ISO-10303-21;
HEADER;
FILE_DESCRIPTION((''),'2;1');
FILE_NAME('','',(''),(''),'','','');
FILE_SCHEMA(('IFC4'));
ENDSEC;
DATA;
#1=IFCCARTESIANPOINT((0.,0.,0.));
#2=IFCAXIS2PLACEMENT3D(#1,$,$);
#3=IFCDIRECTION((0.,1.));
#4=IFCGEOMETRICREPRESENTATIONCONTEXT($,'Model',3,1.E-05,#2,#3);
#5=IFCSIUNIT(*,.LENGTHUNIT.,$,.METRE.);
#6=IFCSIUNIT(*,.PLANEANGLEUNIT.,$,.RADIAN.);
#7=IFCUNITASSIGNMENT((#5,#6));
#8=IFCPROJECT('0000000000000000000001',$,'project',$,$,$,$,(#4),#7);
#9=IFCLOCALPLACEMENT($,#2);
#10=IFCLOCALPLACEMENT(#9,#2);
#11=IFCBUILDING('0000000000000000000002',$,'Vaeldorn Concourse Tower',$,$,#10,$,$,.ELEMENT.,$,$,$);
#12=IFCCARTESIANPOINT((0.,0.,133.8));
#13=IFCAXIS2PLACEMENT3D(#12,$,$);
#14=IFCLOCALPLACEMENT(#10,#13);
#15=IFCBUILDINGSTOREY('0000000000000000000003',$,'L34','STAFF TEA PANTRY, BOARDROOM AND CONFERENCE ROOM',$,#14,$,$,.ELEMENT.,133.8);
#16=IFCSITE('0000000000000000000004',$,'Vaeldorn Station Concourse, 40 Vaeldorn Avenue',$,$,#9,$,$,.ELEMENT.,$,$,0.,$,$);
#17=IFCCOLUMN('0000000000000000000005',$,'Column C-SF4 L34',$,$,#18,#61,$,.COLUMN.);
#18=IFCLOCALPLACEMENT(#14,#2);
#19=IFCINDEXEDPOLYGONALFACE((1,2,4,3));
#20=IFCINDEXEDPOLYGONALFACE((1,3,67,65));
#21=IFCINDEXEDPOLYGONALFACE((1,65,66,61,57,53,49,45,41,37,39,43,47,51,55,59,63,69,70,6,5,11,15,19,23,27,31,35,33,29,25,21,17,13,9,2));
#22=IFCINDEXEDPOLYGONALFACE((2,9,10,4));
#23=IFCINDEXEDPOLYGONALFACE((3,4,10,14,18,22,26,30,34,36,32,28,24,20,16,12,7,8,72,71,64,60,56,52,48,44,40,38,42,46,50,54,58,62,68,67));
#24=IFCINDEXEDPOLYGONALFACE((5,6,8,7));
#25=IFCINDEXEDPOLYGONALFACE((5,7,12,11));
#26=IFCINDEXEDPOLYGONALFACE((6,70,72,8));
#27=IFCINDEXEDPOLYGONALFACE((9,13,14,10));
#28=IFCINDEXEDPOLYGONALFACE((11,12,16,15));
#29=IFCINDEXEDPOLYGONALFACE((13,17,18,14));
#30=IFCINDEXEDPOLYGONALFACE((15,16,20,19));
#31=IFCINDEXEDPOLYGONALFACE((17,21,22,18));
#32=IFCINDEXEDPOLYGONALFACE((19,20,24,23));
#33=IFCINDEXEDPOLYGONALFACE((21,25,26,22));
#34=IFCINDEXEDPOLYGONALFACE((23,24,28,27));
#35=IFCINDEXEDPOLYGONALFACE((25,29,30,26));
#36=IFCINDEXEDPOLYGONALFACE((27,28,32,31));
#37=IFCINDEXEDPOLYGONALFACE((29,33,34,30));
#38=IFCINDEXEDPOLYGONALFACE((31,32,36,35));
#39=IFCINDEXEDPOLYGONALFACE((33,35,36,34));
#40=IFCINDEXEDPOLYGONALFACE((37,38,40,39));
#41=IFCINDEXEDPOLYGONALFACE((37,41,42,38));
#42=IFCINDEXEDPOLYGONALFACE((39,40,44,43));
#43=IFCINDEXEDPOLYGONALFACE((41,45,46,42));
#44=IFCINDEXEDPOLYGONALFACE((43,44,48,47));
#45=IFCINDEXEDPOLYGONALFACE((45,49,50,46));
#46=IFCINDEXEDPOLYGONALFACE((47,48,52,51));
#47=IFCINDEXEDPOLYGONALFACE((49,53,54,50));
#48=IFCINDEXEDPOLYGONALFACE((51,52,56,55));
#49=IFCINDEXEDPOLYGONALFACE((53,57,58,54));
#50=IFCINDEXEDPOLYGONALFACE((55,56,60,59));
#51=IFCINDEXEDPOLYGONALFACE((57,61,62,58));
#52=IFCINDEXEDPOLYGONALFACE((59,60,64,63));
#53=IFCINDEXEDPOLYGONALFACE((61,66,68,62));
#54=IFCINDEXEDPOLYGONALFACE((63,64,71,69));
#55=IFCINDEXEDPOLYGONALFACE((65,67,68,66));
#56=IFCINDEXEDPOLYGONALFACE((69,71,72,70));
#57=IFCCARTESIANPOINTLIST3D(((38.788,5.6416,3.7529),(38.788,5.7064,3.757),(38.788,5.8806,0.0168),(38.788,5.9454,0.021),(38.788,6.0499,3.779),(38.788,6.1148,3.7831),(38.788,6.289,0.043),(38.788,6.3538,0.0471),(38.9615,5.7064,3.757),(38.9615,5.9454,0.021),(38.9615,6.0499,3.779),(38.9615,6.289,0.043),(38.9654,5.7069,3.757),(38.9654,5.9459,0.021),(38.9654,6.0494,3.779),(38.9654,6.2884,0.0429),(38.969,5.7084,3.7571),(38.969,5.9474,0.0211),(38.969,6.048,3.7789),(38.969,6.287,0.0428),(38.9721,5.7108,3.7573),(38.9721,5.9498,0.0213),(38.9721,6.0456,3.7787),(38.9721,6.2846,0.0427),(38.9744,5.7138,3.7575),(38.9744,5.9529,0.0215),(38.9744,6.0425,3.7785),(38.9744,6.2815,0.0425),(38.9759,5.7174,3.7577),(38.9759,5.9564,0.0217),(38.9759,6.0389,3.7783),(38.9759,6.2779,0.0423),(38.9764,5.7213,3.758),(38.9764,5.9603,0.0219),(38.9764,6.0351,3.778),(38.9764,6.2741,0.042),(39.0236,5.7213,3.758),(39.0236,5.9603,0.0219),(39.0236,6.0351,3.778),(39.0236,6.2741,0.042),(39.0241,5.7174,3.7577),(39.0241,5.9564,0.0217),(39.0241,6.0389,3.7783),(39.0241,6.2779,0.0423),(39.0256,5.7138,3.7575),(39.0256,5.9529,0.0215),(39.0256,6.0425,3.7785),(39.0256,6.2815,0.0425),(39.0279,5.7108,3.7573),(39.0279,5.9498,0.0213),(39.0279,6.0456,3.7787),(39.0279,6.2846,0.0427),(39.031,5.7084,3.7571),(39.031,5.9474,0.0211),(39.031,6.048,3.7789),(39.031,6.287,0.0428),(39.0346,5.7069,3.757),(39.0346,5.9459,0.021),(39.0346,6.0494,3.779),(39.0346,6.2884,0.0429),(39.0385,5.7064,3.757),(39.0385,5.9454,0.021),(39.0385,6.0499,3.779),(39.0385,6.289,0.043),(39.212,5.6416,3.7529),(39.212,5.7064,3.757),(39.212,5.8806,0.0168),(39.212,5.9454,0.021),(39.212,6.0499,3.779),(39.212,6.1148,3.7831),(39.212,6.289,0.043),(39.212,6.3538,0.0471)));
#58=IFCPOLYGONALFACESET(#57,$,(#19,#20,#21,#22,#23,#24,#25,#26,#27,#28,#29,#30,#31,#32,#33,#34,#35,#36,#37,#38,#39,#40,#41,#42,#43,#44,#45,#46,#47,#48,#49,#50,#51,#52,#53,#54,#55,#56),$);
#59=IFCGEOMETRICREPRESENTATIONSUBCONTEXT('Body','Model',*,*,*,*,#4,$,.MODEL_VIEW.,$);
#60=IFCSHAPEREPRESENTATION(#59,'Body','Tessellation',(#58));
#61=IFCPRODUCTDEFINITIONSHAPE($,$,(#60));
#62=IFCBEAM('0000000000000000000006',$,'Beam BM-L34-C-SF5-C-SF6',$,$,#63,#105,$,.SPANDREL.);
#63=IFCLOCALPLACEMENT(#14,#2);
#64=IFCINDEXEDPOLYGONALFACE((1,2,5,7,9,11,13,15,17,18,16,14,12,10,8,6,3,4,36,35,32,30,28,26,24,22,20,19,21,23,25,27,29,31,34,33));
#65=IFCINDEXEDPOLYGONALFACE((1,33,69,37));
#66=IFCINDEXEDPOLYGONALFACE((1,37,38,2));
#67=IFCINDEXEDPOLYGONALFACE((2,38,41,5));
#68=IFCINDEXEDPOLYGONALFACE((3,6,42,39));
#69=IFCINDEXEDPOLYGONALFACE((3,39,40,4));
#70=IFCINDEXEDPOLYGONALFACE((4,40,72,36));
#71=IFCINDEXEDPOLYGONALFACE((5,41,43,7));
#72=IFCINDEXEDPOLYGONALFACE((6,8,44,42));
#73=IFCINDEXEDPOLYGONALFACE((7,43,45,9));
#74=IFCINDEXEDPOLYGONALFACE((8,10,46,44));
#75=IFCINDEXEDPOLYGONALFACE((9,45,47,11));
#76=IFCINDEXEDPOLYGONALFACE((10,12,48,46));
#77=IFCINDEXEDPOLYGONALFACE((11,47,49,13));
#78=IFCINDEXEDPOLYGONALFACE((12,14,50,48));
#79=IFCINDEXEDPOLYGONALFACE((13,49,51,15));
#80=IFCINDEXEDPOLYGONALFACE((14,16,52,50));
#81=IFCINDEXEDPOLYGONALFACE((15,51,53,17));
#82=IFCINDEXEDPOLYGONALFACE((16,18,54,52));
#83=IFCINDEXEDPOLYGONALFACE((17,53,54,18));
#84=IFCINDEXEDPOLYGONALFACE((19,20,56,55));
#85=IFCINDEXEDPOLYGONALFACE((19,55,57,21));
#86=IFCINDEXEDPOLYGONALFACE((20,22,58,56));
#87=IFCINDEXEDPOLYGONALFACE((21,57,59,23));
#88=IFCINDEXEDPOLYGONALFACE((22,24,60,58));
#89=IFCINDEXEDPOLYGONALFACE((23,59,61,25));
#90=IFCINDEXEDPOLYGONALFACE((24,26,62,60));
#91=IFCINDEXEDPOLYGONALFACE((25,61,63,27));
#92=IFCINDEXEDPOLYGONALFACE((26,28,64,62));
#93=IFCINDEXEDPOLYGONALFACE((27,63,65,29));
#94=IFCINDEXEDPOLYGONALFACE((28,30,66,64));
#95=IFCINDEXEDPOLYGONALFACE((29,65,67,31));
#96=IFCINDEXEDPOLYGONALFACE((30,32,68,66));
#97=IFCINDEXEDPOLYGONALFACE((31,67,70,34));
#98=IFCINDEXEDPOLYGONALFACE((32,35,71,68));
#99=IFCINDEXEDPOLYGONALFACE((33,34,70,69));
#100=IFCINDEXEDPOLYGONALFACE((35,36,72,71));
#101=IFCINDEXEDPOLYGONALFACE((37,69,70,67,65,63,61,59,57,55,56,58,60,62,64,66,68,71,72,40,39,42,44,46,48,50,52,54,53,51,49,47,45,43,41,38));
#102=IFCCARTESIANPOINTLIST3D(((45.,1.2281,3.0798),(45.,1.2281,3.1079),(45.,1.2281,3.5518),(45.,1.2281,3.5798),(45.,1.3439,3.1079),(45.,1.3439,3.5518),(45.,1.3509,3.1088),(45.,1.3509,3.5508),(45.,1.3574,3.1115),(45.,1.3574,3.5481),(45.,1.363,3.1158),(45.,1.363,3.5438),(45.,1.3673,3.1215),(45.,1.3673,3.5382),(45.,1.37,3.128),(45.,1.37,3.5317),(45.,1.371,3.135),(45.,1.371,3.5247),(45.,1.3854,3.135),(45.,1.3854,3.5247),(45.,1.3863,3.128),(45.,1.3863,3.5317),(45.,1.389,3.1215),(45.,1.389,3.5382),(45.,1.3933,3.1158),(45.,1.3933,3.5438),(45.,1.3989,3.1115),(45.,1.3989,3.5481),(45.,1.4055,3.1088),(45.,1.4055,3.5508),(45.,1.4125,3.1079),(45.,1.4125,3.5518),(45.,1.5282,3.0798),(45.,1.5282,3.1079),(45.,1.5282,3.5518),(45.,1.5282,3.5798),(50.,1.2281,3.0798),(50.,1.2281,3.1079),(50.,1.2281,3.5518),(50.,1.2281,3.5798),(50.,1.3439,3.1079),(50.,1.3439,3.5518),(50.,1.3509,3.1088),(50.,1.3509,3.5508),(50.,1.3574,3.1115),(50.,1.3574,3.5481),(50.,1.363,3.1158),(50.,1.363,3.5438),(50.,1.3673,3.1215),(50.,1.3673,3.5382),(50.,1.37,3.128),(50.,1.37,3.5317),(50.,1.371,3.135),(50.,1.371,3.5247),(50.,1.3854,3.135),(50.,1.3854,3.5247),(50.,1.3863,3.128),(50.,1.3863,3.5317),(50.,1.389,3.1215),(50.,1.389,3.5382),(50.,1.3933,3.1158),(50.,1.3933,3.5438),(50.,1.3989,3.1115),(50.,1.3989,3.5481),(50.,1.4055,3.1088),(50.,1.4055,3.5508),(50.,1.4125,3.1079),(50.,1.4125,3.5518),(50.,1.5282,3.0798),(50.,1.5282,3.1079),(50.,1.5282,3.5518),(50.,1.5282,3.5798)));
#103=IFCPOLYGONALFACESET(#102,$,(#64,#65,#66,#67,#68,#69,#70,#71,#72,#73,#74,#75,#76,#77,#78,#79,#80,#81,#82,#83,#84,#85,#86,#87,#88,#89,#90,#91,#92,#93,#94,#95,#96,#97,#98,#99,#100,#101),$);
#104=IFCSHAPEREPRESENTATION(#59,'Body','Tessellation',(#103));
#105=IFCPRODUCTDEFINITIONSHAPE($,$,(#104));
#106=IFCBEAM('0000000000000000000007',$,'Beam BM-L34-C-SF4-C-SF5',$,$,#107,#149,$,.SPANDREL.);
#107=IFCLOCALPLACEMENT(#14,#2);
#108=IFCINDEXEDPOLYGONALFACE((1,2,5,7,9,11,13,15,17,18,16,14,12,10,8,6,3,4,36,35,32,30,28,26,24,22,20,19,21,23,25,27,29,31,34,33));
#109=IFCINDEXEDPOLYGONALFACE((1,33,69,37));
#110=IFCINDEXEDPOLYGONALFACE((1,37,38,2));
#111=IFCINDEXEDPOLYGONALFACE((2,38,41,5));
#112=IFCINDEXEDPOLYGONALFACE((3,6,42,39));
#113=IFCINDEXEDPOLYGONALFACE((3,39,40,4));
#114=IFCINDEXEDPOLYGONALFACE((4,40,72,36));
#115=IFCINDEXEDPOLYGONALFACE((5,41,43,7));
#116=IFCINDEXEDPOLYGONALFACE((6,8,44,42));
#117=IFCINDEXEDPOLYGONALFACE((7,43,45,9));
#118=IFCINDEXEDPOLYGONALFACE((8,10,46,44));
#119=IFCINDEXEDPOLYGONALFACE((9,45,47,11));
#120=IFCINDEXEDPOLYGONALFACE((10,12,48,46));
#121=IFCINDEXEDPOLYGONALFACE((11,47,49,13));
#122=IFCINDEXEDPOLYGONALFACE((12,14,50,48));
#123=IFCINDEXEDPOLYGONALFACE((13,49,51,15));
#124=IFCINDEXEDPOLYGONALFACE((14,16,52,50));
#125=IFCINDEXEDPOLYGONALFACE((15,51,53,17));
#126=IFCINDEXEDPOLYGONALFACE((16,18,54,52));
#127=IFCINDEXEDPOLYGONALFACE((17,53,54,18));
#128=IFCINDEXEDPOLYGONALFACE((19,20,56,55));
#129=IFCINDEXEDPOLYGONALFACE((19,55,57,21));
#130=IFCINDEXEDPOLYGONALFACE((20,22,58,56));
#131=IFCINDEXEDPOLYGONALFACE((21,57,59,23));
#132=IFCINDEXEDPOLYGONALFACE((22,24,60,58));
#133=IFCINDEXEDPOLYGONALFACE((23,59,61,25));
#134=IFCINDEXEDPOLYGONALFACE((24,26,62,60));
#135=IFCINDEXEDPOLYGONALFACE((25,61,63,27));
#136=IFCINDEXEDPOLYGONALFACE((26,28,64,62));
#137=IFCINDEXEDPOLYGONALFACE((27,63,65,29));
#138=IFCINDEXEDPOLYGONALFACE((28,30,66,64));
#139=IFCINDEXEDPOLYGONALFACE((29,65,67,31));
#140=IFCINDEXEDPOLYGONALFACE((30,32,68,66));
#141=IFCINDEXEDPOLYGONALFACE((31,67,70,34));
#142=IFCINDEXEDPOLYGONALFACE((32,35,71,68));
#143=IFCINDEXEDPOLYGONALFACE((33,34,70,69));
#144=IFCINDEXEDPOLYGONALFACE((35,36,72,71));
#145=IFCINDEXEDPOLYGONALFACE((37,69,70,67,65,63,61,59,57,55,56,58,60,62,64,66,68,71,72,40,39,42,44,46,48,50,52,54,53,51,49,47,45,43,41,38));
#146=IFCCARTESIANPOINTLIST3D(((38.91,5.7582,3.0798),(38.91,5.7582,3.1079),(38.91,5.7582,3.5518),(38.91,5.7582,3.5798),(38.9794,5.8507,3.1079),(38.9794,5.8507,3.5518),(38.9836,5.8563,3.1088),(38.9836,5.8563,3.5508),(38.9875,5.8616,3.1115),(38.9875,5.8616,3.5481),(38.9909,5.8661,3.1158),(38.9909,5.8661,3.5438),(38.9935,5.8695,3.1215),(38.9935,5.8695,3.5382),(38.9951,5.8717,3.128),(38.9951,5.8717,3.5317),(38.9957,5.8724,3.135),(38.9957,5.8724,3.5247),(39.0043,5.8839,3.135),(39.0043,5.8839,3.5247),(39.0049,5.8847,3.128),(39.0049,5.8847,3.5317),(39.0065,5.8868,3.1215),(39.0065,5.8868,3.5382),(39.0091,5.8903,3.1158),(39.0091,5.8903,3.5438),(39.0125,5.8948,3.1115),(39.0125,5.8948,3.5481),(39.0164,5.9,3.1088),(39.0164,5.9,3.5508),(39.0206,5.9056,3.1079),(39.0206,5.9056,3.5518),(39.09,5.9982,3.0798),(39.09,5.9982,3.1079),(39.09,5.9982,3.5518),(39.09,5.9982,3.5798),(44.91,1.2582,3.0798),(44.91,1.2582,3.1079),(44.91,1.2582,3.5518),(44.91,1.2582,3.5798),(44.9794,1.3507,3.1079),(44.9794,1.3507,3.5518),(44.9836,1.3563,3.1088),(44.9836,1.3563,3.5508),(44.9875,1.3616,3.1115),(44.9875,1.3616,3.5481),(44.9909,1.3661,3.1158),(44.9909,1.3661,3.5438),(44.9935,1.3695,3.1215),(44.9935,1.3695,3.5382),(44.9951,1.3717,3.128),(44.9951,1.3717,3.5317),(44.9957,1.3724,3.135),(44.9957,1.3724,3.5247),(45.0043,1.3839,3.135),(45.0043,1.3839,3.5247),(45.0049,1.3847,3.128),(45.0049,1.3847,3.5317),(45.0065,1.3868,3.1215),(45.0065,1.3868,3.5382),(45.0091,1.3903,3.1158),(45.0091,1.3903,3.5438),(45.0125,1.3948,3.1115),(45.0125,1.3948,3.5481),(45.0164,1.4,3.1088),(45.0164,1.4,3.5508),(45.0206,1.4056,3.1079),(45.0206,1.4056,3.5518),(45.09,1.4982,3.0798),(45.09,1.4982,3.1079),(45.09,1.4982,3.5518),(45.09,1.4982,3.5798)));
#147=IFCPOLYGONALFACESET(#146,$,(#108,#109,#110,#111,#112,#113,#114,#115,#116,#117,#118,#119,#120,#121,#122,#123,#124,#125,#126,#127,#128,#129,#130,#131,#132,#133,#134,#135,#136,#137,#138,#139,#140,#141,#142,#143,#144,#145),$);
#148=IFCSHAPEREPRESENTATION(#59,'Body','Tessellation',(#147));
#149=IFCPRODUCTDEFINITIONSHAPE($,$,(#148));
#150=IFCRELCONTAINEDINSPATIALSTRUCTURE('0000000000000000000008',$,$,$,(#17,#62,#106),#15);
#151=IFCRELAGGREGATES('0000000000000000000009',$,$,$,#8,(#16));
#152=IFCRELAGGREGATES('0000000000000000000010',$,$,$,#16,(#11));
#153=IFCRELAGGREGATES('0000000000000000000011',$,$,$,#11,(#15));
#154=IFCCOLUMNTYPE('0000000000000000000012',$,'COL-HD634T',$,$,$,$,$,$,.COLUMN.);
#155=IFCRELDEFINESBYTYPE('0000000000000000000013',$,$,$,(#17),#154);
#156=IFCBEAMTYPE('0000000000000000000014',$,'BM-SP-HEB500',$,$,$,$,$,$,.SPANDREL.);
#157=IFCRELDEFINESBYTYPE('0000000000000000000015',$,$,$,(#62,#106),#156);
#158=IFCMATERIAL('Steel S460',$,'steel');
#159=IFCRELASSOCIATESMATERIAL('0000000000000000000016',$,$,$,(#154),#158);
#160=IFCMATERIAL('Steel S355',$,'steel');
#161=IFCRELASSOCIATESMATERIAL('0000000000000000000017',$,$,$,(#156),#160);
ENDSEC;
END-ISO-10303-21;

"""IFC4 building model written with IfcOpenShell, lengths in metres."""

from ifc_helpers import new_model, si_unit, direction, frame, origin, origin_2d, place, context, subcontext, project, spatial, i_section, extrude, source, transform, mapped, material, material_profile, profile_set, type_object, element, save


model = new_model("IFC4")

# Units and contexts
model_context = context("Model", 3, precision=1e-05, world=origin(), true_north=direction((0.0, 1.0)))
body_context = subcontext(model_context, "Body", "Model", "MODEL_VIEW")
ifc_project = project(units=[si_unit("LENGTHUNIT", "METRE"), si_unit("PLANEANGLEUNIT", "RADIAN")], contexts=[model_context])

# Site, building, storey
site_placement = place(None, origin())
site = spatial("IfcSite", under=ifc_project, at=site_placement, Name="Vaeldorn Station Concourse, 40 Vaeldorn Avenue", CompositionType="ELEMENT", RefElevation=0.0)
building_placement = place(site_placement, origin())
building = spatial("IfcBuilding", under=site, at=building_placement, Name="Vaeldorn Concourse Tower", CompositionType="ELEMENT")
storey_placement = place(building_placement, frame((0.0, 0.0, 133.8)))
storey = spatial("IfcBuildingStorey", under=building, at=storey_placement, Name="L34", Description="STAFF TEA PANTRY, BOARDROOM AND CONFERENCE ROOM", CompositionType="ELEMENT", Elevation=133.8)

# Column
ifc_material_1 = material(Name="Steel S460", Category="steel")
ifc_material_profile_1 = material_profile(ifc_material_1, i_section(OverallWidth=0.4241, OverallDepth=0.4741, WebThickness=0.0471, FlangeThickness=0.0649, FilletRadius=0.0149, at=origin_2d()), Name="HD 400x634")
ifc_profile_set_1 = profile_set([ifc_material_profile_1], Name="Steel S460")
column_type = type_object("IfcColumnType", Name="COL-HD634T", PredefinedType="COLUMN", material=ifc_profile_set_1)
shared_shape_1 = source(origin(), body_context, "Body", "SweptSolid", [
    extrude(i_section(OverallWidth=0.4241, OverallDepth=0.4741, WebThickness=0.0471, FlangeThickness=0.0649, FilletRadius=0.0149, at=origin_2d()), origin(), (0.0, 0.0, 1.0), 3.7437),
])
column_placement = place(storey_placement, frame((39.0, 6.1172, 0.032), z_axis=(0.0, -0.063844, 0.99796), x_axis=(1.0, 0.0, 0.0)))
element("IfcColumn", 1, at=column_placement, inside=storey, type_object=column_type, Name="Column C-SF4 L34", PredefinedType="COLUMN", context=body_context, shape_type="MappedRepresentation", body=[
    mapped(shared_shape_1, transform((0.0, 0.0, 0.0), scale=1.0)),
])

# Beams
ifc_material_2 = material(Name="Steel S355", Category="steel")
ifc_material_profile_2 = material_profile(ifc_material_2, i_section(OverallWidth=0.3, OverallDepth=0.5, WebThickness=0.0144, FlangeThickness=0.0281, FilletRadius=0.0271, at=origin_2d()), Name="HEB 500")
ifc_profile_set_2 = profile_set([ifc_material_profile_2], Name="Steel S355")
beam_type_1 = type_object("IfcBeamType", Name="BM-SP-HEB500", PredefinedType="SPANDREL", material=ifc_profile_set_2)
shared_shape_2 = source(origin(), body_context, "Body", "SweptSolid", [
    extrude(i_section(OverallWidth=0.3, OverallDepth=0.5, WebThickness=0.0144, FlangeThickness=0.0281, FilletRadius=0.0271, at=origin_2d()), origin(), (0.0, 0.0, 1.0), 5.0),
])
beam_1_placement = place(storey_placement, frame((45.0, 1.3782, 3.3298), z_axis=(1.0, 0.0, 0.0), x_axis=(0.0, 1.0, 0.0)))
element("IfcBeam", 2, at=beam_1_placement, inside=storey, type_object=beam_type_1, Name="Beam BM-L34-C-SF5-C-SF6", PredefinedType="SPANDREL", context=body_context, shape_type="MappedRepresentation", body=[
    mapped(shared_shape_2, transform((0.0, 0.0, 0.0), scale=1.0)),
])
shared_shape_3 = source(origin(), body_context, "Body", "SweptSolid", [
    extrude(i_section(OverallWidth=0.3, OverallDepth=0.5, WebThickness=0.0144, FlangeThickness=0.0281, FilletRadius=0.0271, at=origin_2d()), origin(), (0.0, 0.0, 1.0), 7.5),
])
beam_2_placement = place(storey_placement, frame((39.0, 5.8782, 3.3298), z_axis=(0.8, -0.6, 0.0), x_axis=(0.6, 0.8, 0.0)))
element("IfcBeam", 3, at=beam_2_placement, inside=storey, type_object=beam_type_1, Name="Beam BM-L34-C-SF4-C-SF5", PredefinedType="SPANDREL", context=body_context, shape_type="MappedRepresentation", body=[
    mapped(shared_shape_3, transform((0.0, 0.0, 0.0), scale=1.0)),
])

save(model, "model.ifc")
